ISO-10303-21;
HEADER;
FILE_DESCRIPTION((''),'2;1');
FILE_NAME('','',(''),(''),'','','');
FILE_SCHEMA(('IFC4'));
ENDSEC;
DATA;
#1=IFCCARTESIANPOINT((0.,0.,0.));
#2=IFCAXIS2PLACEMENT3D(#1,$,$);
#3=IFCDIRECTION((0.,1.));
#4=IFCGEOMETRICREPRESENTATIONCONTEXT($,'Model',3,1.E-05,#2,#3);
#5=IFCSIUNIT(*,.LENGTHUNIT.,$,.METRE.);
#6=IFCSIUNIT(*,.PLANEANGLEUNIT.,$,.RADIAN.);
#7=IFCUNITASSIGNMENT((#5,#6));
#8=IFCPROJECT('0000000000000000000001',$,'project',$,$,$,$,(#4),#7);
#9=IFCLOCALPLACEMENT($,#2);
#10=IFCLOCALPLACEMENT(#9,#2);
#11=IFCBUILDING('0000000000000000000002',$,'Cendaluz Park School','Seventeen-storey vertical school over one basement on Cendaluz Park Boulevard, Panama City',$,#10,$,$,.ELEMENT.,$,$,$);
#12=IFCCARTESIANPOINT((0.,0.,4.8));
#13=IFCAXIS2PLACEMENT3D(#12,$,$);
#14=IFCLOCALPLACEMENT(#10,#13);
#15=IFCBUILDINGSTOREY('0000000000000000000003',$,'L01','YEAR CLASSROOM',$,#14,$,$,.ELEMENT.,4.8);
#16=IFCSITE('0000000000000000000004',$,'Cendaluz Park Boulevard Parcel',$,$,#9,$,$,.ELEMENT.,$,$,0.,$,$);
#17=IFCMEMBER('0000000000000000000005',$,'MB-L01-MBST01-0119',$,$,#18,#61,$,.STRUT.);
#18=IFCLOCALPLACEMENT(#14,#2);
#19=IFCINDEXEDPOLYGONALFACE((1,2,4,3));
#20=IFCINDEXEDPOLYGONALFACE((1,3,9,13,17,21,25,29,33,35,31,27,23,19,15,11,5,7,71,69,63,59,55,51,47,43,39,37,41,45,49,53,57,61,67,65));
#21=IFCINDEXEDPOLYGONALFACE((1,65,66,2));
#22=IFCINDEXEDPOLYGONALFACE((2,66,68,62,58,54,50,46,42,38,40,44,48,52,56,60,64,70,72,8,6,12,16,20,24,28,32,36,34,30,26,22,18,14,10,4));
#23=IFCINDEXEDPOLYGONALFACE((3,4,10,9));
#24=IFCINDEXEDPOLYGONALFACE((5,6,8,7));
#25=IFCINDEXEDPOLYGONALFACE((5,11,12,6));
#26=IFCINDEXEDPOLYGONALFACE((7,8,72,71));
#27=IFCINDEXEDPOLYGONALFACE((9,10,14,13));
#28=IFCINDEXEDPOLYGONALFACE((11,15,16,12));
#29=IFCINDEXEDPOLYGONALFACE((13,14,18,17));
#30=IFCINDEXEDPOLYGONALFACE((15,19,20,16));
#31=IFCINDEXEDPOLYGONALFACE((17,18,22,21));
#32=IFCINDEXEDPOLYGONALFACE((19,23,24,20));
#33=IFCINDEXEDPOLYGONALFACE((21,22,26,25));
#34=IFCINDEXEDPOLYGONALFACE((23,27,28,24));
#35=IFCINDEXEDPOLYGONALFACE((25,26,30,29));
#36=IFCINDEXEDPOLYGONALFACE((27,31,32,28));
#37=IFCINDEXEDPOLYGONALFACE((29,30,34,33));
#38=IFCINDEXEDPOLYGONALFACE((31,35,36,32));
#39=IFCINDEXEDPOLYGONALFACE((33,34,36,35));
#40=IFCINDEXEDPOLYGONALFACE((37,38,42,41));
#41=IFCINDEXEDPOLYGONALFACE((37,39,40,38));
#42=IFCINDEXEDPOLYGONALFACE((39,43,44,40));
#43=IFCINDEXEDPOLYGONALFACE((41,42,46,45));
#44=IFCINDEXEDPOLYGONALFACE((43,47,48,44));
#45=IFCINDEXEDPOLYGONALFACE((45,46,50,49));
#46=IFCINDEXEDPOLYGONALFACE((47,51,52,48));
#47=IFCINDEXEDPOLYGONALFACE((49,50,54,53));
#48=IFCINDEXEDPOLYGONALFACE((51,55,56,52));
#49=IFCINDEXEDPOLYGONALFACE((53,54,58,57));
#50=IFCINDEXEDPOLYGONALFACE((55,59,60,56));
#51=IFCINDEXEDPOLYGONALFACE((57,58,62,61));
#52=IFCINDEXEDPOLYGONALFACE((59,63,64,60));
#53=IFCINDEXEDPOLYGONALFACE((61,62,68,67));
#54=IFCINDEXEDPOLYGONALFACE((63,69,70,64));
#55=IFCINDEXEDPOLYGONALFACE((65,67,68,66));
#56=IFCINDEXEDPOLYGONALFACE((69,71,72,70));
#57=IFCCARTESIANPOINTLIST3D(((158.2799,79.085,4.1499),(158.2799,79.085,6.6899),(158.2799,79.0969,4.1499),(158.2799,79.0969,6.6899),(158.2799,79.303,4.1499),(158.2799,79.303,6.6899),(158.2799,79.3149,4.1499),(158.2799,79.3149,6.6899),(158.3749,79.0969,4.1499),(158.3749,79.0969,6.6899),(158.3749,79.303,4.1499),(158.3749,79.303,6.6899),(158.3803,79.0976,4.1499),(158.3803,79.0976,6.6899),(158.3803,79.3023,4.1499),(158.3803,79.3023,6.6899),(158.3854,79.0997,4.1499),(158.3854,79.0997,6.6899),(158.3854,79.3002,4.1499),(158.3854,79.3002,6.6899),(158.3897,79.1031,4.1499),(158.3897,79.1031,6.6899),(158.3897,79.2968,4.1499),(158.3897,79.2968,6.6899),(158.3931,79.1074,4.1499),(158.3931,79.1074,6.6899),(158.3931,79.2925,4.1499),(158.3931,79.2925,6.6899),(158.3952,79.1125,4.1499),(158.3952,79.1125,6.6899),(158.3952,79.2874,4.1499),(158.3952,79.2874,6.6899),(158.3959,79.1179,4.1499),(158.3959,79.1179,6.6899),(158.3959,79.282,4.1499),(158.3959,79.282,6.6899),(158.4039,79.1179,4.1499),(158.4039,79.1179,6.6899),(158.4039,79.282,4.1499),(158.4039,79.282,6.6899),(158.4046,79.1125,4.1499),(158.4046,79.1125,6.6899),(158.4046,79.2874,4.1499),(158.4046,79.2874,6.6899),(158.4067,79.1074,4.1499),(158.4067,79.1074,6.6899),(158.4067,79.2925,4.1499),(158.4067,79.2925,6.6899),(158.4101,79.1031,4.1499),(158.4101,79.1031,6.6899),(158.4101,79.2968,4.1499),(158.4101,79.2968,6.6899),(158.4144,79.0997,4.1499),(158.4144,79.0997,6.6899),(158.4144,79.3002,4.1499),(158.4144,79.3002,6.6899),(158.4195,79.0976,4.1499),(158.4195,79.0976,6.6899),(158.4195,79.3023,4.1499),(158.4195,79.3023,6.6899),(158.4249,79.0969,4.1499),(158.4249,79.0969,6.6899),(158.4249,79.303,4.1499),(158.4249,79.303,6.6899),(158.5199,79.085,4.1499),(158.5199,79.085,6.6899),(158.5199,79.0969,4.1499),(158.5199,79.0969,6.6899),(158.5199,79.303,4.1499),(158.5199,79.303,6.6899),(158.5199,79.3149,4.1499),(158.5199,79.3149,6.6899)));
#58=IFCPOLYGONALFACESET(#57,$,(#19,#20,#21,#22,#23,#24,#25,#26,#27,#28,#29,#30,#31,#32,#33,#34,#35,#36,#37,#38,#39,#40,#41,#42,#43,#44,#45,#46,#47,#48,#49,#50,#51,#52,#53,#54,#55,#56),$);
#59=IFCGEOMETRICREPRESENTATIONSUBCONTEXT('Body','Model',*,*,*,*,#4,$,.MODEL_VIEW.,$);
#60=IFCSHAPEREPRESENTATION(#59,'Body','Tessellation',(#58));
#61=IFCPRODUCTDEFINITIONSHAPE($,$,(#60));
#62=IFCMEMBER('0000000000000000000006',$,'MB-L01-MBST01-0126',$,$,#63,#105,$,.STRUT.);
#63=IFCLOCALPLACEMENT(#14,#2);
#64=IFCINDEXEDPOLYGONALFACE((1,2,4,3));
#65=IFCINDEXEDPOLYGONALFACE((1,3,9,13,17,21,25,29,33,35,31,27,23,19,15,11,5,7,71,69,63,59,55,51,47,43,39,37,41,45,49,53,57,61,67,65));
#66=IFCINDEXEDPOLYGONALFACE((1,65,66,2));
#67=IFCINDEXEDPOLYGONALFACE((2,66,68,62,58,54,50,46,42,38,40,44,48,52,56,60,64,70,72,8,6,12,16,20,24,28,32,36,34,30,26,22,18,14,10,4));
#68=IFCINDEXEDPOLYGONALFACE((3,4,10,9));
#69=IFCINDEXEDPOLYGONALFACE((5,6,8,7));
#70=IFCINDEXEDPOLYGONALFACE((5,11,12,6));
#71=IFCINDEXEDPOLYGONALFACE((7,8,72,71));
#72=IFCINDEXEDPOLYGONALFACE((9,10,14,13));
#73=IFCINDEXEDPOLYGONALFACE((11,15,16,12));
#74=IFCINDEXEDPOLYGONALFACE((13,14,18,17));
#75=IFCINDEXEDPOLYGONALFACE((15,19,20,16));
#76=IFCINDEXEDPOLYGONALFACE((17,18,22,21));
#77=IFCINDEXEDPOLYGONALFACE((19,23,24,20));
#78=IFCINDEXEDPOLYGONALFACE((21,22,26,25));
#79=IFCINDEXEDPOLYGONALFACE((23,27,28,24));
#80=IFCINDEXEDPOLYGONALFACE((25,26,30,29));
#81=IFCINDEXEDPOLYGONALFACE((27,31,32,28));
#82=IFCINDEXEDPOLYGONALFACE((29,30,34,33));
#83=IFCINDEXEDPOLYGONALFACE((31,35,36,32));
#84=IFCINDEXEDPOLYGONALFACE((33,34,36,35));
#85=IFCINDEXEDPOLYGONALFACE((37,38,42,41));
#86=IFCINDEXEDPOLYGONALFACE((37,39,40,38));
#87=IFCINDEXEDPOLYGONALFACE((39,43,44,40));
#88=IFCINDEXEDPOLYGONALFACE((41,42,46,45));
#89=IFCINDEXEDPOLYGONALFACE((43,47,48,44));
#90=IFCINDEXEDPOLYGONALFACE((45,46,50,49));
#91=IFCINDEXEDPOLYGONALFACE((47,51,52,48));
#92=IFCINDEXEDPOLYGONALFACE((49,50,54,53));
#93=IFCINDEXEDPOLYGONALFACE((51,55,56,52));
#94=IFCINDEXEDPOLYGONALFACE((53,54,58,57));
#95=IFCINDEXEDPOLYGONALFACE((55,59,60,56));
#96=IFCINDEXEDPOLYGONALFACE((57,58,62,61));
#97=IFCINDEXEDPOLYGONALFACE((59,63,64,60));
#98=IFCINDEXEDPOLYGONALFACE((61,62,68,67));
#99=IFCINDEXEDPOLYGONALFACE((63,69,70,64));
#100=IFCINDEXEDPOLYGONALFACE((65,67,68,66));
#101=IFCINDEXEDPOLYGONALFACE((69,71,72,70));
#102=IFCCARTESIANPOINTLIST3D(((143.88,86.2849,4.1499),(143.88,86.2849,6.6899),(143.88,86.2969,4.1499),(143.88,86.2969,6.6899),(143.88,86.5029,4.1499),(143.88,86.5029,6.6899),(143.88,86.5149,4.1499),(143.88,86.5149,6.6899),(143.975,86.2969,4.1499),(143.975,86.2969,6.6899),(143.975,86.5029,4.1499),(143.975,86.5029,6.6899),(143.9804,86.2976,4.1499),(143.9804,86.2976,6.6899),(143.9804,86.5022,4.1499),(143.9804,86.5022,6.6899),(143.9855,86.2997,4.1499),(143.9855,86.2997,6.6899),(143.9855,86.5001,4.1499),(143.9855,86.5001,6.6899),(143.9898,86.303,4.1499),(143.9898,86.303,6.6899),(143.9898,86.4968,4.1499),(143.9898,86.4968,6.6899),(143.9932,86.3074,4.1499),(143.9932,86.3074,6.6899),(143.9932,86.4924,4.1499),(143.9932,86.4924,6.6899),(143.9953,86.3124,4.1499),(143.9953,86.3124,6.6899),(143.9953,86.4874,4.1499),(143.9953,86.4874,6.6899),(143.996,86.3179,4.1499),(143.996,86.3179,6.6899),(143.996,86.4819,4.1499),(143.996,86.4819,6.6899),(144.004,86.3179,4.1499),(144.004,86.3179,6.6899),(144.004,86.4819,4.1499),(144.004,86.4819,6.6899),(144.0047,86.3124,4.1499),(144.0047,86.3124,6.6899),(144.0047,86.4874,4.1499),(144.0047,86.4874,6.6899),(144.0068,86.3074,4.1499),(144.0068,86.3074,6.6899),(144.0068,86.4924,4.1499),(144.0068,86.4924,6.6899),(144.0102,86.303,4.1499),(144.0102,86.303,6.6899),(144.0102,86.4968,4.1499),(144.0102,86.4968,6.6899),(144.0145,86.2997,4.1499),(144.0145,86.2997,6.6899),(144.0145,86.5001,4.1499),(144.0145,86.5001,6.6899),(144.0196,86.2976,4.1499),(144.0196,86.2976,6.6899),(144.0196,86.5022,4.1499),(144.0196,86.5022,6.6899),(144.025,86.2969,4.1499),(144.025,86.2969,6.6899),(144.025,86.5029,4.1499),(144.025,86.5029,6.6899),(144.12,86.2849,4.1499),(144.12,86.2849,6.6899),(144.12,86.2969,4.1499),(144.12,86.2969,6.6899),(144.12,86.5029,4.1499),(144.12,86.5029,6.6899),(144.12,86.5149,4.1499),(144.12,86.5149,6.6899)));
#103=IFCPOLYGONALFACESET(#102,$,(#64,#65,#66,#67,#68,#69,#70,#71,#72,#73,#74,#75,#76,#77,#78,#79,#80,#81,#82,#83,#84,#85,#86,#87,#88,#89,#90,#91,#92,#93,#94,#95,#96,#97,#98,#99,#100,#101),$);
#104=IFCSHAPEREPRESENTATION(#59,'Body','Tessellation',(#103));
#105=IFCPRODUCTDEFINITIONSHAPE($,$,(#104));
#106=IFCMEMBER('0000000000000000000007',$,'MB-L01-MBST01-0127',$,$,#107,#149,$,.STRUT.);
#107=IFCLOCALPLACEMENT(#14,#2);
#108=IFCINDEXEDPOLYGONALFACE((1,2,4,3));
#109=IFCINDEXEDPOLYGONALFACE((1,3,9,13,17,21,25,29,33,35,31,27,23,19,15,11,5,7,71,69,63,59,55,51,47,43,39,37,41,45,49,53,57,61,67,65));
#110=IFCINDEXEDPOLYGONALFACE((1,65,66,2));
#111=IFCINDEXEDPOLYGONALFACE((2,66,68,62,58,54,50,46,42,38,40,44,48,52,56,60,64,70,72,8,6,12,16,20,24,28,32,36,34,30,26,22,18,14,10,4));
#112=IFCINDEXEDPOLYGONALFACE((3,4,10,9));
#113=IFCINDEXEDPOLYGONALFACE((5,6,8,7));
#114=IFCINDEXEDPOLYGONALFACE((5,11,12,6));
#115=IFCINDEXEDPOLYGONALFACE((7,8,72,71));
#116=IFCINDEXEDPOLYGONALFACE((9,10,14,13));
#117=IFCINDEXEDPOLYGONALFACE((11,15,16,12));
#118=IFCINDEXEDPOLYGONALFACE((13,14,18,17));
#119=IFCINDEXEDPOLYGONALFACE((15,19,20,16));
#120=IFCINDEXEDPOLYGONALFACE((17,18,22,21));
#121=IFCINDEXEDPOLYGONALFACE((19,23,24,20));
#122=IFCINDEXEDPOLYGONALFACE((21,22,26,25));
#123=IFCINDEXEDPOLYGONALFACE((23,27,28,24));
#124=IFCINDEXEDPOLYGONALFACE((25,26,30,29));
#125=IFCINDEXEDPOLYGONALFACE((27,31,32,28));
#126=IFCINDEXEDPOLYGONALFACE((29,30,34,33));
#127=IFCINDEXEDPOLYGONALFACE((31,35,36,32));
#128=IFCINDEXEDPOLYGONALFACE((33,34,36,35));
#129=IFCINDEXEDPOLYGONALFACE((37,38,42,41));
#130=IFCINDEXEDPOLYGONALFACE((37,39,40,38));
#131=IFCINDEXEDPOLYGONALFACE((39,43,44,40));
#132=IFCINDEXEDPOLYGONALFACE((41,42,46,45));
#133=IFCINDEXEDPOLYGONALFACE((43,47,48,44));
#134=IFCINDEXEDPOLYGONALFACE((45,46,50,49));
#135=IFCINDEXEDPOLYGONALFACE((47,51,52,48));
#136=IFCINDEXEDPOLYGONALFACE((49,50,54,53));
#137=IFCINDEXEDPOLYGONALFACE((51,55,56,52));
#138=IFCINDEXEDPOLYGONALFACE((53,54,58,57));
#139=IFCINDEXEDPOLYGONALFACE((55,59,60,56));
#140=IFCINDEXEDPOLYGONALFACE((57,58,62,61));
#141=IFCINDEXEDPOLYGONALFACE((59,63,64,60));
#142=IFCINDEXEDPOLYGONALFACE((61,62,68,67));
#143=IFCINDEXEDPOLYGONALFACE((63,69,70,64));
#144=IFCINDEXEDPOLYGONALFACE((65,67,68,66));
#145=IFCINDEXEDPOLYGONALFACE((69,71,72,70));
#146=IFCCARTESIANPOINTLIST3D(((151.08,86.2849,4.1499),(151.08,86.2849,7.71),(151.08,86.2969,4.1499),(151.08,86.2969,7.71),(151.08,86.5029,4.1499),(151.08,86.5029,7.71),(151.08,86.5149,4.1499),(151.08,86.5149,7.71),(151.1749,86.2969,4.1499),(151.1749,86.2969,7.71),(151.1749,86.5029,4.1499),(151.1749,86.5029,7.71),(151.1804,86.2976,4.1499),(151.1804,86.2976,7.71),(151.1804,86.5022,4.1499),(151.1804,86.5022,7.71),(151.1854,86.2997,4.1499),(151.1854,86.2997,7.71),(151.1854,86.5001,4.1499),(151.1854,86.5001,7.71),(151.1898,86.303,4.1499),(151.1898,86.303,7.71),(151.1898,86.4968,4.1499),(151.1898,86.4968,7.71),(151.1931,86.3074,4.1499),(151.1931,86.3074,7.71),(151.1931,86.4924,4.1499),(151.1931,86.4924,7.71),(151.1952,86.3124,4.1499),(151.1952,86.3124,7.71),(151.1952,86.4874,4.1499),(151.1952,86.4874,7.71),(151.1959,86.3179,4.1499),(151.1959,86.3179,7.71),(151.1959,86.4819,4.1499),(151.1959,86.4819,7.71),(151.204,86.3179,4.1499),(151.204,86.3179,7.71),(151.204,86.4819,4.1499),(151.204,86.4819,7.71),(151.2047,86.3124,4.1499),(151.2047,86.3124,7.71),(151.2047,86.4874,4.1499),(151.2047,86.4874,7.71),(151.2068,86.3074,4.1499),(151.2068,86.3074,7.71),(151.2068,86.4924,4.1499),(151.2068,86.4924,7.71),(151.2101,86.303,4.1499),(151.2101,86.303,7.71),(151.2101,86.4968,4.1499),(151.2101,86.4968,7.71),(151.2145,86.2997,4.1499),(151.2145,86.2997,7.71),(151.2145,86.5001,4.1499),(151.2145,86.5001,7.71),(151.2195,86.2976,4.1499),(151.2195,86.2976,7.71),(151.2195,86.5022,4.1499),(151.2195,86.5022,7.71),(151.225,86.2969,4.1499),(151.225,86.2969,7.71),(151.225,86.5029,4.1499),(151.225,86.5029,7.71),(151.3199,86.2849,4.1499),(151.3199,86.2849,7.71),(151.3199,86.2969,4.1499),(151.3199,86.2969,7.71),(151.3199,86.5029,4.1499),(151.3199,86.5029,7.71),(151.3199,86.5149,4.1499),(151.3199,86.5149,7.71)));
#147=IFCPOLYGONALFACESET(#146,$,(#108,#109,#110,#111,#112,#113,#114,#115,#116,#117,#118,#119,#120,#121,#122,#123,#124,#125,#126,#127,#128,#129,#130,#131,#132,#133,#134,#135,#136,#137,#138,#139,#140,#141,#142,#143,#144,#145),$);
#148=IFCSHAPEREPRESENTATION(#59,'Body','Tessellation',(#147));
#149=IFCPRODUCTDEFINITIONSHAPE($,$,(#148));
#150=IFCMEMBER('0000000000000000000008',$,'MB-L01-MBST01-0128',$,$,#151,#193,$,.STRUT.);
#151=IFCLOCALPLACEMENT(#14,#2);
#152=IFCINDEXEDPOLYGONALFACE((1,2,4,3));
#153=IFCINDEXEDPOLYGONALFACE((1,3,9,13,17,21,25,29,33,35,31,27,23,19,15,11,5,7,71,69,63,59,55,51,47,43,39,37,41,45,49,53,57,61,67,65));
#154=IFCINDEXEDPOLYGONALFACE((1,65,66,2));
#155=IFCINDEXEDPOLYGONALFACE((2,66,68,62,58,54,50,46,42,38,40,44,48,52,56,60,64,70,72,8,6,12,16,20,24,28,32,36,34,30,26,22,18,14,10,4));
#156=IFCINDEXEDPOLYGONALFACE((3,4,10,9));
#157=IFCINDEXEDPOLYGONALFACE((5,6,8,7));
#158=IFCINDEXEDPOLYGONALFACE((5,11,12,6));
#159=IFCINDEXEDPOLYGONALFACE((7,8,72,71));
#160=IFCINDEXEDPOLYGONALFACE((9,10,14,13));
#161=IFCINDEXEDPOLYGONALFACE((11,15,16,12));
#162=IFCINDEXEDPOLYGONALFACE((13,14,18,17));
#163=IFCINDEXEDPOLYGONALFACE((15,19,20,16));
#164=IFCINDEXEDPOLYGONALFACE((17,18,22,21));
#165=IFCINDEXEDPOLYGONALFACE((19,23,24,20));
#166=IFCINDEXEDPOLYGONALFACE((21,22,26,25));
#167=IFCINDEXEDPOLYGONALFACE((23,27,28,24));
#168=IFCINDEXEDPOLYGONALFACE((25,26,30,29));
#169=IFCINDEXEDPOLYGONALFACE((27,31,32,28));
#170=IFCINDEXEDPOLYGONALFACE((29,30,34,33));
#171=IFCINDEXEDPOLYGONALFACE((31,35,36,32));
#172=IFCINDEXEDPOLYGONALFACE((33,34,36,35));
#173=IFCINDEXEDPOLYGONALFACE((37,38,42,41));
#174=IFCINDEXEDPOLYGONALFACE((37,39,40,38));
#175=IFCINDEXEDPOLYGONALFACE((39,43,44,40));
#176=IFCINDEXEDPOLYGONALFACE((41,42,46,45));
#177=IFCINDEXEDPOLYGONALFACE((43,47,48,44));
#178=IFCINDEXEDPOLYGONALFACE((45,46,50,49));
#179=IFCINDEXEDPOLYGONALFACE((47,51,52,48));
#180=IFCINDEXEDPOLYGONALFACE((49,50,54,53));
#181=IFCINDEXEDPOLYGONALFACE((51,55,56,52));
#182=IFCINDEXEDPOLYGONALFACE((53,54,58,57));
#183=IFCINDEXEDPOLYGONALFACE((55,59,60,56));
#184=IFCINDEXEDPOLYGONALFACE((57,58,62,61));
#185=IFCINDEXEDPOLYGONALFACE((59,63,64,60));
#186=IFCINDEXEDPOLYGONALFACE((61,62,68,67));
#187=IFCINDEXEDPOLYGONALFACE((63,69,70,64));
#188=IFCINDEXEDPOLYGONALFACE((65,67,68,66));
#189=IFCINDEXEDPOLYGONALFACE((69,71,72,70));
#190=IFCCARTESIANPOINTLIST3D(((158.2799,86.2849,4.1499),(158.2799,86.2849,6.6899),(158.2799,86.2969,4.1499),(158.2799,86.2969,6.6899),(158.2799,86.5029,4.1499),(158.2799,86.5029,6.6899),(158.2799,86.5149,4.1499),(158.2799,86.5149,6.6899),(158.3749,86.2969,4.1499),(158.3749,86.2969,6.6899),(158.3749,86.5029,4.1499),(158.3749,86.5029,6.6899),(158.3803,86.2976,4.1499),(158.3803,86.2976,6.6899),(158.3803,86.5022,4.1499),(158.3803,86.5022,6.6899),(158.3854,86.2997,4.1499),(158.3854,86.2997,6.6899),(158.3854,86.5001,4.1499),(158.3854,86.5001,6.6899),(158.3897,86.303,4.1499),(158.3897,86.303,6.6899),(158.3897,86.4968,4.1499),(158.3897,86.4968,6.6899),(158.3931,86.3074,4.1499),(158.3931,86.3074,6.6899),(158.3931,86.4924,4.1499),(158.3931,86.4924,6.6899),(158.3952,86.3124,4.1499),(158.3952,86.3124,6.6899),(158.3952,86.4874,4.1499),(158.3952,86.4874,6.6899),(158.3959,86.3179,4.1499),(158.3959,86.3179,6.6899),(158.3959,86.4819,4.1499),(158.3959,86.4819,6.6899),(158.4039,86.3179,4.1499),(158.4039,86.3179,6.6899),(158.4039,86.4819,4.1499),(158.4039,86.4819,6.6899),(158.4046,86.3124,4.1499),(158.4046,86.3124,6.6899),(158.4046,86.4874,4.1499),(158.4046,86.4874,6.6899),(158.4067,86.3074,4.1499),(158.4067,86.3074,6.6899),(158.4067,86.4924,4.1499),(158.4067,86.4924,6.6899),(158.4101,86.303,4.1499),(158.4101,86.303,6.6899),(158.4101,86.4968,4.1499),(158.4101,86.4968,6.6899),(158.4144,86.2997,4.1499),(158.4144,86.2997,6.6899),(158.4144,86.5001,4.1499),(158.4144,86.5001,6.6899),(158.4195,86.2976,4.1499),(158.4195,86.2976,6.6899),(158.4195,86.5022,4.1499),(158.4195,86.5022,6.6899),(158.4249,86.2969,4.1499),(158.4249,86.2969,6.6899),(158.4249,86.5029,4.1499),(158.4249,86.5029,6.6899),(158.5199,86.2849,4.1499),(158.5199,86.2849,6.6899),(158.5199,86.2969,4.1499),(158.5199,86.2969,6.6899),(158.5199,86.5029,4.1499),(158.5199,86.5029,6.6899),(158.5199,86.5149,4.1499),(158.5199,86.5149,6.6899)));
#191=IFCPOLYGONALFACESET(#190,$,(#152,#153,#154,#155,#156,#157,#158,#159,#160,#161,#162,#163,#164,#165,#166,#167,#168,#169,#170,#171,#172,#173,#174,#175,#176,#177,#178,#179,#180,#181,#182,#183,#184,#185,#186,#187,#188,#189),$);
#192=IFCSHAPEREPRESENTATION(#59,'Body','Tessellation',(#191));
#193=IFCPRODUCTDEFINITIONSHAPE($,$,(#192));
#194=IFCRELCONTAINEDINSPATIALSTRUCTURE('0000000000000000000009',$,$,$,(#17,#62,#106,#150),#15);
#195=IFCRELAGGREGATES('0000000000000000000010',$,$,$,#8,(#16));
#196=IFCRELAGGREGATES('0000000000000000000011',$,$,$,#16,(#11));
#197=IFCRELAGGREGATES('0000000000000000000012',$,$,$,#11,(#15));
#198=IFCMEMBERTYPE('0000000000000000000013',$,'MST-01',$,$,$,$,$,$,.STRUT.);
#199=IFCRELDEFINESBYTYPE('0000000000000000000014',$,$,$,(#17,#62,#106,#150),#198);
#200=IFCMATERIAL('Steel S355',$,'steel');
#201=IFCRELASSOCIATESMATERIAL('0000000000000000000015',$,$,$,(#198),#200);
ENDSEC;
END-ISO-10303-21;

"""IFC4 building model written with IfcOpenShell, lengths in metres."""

from ifc_helpers import new_model, si_unit, direction, frame, origin, origin_2d, place, context, subcontext, project, spatial, i_section, extrude, material, material_profile, profile_set, type_object, element, save


model = new_model("IFC4")

# Units and contexts
model_context = context("Model", 3, precision=1e-05, world=origin(), true_north=direction((0.0, 1.0)))
body_context = subcontext(model_context, "Body", "Model", "MODEL_VIEW")
ifc_project = project(units=[si_unit("LENGTHUNIT", "METRE"), si_unit("PLANEANGLEUNIT", "RADIAN")], contexts=[model_context])

# Site, building, storey
site_placement = place(None, origin())
site = spatial("IfcSite", under=ifc_project, at=site_placement, Name="Cendaluz Park Boulevard Parcel", CompositionType="ELEMENT", RefElevation=0.0)
building_placement = place(site_placement, origin())
building = spatial("IfcBuilding", under=site, at=building_placement, Name="Cendaluz Park School", Description="Seventeen-storey vertical school over one basement on Cendaluz Park Boulevard, Panama City", CompositionType="ELEMENT")
storey_placement = place(building_placement, frame((0.0, 0.0, 4.8)))
storey = spatial("IfcBuildingStorey", under=building, at=storey_placement, Name="L01", Description="YEAR CLASSROOM", CompositionType="ELEMENT", Elevation=4.8)

# Members
ifc_material_1 = material(Name="Steel S355", Category="steel")
ifc_material_profile_1 = material_profile(ifc_material_1, i_section(OverallWidth=0.24, OverallDepth=0.23, WebThickness=0.0081, FlangeThickness=0.012, FilletRadius=0.021, at=origin_2d()), Name="HEA 240", Category="steel")
ifc_profile_set_1 = profile_set([ifc_material_profile_1], Name="Steel S355")
member_type_1 = type_object("IfcMemberType", Name="MST-01", PredefinedType="STRUT", material=ifc_profile_set_1)
for number, where, z_axis, x_axis, name in (
    (1, (158.3999, 79.2, 4.1499), (0.0, 0.0, 1.0), (1.0, 0.0, 0.0), "MB-L01-MBST01-0119"),
    (2, (144.0, 86.3999, 4.1499), (0.0, 0.0, 1.0), (1.0, 0.0, 0.0), "MB-L01-MBST01-0126"),
):
    element("IfcMember", number, at=place(storey_placement, frame(where, z_axis=z_axis, x_axis=x_axis)), inside=storey, type_object=member_type_1, Name=name, PredefinedType="STRUT", context=body_context, shape_type="SweptSolid", body=[
        extrude(i_section(OverallWidth=0.24, OverallDepth=0.23, WebThickness=0.0081, FlangeThickness=0.012, FilletRadius=0.021, at=origin_2d()), origin(), (0.0, 0.0, 1.0), 2.54),
    ])
member_1_placement = place(storey_placement, frame((151.2, 86.3999, 4.1499), z_axis=(0.0, 0.0, 1.0), x_axis=(1.0, 0.0, 0.0)))
element("IfcMember", 3, at=member_1_placement, inside=storey, type_object=member_type_1, Name="MB-L01-MBST01-0127", PredefinedType="STRUT", context=body_context, shape_type="SweptSolid", body=[
    extrude(i_section(OverallWidth=0.24, OverallDepth=0.23, WebThickness=0.0081, FlangeThickness=0.012, FilletRadius=0.021, at=origin_2d()), origin(), (0.0, 0.0, 1.0), 3.5601),
])
member_2_placement = place(storey_placement, frame((158.3999, 86.3999, 4.1499), z_axis=(0.0, 0.0, 1.0), x_axis=(1.0, 0.0, 0.0)))
element("IfcMember", 4, at=member_2_placement, inside=storey, type_object=member_type_1, Name="MB-L01-MBST01-0128", PredefinedType="STRUT", context=body_context, shape_type="SweptSolid", body=[
    extrude(i_section(OverallWidth=0.24, OverallDepth=0.23, WebThickness=0.0081, FlangeThickness=0.012, FilletRadius=0.021, at=origin_2d()), origin(), (0.0, 0.0, 1.0), 2.54),
])

save(model, "model.ifc")
